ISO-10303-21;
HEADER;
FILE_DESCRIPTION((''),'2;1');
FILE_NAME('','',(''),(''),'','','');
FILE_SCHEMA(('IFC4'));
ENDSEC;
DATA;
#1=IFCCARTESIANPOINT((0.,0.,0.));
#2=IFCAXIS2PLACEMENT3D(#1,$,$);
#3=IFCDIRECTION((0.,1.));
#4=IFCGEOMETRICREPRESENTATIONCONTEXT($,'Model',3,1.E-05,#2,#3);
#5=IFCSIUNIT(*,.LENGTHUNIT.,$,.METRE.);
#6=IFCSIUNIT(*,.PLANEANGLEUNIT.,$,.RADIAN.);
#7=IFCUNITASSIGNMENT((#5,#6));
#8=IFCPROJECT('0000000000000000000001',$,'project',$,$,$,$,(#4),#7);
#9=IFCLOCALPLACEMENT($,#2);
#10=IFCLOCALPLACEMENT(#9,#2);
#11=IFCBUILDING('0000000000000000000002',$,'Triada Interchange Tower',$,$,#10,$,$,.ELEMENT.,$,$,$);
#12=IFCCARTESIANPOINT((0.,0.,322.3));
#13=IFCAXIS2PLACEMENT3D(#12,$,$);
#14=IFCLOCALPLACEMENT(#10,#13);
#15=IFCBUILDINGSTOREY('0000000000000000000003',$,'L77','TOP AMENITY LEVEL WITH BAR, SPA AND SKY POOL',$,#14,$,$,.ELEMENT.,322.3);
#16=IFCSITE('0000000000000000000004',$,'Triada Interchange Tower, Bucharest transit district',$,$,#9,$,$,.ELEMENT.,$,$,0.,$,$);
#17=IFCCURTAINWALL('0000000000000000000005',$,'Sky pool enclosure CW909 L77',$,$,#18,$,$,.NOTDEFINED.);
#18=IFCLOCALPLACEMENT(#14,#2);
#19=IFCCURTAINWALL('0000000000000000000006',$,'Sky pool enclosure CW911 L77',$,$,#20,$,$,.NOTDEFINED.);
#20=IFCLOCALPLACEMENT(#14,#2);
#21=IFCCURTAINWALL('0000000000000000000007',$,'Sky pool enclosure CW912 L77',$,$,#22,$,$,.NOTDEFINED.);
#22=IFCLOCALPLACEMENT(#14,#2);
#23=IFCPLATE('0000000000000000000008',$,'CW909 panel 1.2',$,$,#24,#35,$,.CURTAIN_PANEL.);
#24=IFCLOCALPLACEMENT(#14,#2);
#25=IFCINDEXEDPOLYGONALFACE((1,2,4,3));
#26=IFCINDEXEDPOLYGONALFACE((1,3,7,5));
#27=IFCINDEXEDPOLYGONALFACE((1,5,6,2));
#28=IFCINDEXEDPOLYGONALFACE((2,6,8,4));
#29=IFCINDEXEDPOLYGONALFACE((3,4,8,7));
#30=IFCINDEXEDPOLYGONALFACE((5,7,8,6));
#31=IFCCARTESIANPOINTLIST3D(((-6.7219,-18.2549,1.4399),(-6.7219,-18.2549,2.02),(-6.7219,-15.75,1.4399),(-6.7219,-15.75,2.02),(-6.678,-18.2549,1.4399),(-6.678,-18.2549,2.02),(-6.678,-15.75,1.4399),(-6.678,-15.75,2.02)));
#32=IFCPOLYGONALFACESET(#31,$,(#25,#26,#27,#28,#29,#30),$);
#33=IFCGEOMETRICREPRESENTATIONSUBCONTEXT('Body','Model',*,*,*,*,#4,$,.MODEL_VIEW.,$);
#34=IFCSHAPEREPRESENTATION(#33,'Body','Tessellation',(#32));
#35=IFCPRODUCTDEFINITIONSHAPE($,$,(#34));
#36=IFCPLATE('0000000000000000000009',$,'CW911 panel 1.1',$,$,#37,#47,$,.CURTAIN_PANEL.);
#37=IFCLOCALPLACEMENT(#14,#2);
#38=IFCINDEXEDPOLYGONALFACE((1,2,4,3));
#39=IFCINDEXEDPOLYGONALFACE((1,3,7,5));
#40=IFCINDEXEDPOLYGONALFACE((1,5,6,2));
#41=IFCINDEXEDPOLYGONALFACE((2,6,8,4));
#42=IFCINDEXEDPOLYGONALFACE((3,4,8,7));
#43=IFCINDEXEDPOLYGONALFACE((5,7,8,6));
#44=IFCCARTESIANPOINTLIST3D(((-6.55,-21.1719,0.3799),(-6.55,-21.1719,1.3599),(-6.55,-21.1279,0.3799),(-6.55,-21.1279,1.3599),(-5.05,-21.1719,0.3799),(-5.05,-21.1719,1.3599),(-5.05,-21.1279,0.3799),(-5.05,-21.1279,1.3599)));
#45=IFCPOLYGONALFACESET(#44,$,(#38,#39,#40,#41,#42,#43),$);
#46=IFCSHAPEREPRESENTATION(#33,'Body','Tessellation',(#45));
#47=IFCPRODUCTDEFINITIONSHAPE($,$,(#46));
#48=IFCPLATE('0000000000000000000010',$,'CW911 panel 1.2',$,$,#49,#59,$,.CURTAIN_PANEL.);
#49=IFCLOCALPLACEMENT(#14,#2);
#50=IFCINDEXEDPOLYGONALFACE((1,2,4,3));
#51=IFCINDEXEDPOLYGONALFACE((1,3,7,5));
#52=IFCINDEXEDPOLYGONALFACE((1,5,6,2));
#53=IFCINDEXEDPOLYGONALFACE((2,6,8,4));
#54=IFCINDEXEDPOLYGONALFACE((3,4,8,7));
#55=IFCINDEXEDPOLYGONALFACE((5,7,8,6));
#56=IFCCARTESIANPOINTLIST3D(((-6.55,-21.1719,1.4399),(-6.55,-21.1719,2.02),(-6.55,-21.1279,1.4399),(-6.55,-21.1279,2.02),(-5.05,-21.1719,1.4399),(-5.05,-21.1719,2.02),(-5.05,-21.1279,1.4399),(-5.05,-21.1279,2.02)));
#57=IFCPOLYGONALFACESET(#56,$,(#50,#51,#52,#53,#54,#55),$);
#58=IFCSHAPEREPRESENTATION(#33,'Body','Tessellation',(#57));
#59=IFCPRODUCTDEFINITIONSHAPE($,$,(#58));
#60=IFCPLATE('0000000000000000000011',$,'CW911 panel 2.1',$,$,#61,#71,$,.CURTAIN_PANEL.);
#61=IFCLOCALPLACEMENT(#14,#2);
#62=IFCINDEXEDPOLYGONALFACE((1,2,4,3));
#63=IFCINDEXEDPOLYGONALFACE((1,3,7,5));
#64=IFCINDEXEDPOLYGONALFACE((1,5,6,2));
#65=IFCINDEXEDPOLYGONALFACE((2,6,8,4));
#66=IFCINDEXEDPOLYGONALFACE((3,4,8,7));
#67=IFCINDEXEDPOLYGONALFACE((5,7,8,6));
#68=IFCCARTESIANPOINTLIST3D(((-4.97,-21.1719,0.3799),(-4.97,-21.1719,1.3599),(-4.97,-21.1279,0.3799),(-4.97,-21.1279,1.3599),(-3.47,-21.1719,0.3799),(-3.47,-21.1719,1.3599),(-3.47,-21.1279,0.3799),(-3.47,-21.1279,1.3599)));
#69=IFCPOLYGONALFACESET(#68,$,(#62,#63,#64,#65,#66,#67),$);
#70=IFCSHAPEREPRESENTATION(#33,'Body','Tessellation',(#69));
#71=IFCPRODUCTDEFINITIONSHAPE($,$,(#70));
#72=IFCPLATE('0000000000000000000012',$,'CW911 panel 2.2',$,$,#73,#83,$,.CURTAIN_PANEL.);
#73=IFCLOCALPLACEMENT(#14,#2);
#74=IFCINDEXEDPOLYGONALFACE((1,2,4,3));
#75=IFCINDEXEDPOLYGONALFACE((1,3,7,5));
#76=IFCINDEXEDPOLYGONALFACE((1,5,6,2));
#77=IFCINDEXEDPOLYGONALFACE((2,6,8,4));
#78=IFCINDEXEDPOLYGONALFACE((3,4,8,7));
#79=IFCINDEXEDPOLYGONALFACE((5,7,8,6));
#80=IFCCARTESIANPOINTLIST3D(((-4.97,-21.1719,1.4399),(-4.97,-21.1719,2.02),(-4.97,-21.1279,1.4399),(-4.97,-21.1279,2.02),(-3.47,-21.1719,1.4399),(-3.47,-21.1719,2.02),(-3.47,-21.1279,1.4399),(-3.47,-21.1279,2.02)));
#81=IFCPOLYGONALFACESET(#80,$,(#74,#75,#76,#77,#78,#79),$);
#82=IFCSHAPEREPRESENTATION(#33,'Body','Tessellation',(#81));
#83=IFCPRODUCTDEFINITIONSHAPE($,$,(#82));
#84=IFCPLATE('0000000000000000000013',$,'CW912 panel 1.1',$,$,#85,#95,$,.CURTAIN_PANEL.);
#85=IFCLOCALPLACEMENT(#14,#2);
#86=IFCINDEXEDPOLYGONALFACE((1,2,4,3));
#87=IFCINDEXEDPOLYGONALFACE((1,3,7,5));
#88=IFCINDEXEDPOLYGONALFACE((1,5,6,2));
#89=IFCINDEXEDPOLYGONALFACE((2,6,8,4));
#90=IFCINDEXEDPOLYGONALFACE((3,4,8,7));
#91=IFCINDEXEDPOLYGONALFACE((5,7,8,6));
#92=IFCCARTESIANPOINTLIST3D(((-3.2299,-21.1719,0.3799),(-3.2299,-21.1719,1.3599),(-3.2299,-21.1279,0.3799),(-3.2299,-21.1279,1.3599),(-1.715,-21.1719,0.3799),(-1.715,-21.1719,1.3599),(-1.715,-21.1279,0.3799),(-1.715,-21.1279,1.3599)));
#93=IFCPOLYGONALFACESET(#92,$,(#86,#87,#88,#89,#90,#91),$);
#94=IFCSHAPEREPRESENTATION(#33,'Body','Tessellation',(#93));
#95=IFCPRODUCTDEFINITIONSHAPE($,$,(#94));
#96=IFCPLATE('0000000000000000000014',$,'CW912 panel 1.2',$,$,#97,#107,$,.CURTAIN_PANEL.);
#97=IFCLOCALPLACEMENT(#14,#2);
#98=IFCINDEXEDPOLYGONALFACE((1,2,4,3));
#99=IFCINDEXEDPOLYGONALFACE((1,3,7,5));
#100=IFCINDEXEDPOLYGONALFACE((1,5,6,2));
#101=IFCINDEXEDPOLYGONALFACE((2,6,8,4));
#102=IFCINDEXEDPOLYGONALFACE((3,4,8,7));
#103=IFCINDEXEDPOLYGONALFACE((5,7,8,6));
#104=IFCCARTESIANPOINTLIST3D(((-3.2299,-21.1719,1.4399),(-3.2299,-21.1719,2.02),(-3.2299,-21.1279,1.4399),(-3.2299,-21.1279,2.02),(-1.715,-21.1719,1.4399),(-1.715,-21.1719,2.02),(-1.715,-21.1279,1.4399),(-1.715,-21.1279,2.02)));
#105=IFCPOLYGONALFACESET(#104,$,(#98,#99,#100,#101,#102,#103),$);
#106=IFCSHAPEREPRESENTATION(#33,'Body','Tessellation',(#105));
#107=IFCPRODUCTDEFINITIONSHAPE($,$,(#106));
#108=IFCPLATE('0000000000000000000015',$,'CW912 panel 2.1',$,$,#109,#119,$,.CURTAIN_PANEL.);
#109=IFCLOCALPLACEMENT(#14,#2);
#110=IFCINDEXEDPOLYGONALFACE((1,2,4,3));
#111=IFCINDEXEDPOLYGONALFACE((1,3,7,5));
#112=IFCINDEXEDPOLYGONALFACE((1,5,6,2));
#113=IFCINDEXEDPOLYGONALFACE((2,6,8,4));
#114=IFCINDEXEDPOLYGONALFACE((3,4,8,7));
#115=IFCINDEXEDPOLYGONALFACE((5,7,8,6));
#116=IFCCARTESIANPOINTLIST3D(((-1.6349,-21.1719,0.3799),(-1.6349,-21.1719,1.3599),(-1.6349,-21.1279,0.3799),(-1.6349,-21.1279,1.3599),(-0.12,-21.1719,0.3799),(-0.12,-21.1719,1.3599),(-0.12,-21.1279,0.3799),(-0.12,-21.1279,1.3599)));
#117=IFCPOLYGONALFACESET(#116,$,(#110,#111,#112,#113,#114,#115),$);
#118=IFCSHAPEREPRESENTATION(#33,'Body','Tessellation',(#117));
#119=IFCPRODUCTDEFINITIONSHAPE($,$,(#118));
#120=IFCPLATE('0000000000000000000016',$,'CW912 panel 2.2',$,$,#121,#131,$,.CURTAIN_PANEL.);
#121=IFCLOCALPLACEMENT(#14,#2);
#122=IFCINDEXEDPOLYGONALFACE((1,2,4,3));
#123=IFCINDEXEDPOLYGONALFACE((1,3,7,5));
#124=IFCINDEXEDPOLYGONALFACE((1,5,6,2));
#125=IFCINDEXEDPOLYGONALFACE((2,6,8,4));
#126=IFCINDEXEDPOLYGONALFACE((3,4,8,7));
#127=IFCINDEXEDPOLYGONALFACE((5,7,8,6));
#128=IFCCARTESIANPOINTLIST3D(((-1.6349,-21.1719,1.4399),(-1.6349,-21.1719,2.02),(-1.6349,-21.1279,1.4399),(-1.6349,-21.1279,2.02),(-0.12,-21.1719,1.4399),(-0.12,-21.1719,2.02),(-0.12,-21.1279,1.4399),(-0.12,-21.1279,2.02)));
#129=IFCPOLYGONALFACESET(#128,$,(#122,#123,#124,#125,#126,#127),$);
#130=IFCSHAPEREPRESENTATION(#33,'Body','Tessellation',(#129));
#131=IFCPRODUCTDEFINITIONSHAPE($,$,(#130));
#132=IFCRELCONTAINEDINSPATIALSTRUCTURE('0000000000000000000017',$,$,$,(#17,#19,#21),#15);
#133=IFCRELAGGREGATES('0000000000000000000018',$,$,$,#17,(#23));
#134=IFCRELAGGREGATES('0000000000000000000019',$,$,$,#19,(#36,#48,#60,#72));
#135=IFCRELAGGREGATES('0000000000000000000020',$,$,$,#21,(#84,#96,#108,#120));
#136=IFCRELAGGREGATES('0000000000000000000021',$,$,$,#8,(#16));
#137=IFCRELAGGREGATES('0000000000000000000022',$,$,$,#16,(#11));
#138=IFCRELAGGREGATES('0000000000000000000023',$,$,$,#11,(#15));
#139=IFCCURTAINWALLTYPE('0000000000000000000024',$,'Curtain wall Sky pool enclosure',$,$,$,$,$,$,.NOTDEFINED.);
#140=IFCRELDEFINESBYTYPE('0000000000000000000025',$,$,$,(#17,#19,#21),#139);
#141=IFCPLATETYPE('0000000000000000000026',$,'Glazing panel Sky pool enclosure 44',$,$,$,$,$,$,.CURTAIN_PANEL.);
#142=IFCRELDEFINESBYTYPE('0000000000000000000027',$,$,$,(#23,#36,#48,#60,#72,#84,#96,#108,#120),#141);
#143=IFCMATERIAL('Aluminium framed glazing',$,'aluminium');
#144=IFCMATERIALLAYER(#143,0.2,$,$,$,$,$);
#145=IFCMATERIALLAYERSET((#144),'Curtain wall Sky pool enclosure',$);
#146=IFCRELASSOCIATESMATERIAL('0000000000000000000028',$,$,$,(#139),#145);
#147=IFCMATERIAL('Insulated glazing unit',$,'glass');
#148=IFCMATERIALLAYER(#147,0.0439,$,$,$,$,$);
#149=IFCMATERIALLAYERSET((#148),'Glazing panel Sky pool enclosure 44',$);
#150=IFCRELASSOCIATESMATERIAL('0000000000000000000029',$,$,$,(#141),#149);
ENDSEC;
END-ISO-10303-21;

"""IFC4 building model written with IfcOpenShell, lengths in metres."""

from ifc_helpers import new_model, si_unit, direction, frame, origin, origin_2d, place, context, subcontext, project, spatial, rectangle, extrude, material, layer, layer_set, type_object, element, aggregate, save


model = new_model("IFC4")

# Units and contexts
model_context = context("Model", 3, precision=1e-05, world=origin(), true_north=direction((0.0, 1.0)))
body_context = subcontext(model_context, "Body", "Model", "MODEL_VIEW")
ifc_project = project(units=[si_unit("LENGTHUNIT", "METRE"), si_unit("PLANEANGLEUNIT", "RADIAN")], contexts=[model_context])

# Site, building, storey
site_placement = place(None, origin())
site = spatial("IfcSite", under=ifc_project, at=site_placement, Name="Triada Interchange Tower, Bucharest transit district", CompositionType="ELEMENT", RefElevation=0.0)
building_placement = place(site_placement, origin())
building = spatial("IfcBuilding", under=site, at=building_placement, Name="Triada Interchange Tower", CompositionType="ELEMENT")
storey_placement = place(building_placement, frame((0.0, 0.0, 322.3)))
storey = spatial("IfcBuildingStorey", under=building, at=storey_placement, Name="L77", Description="TOP AMENITY LEVEL WITH BAR, SPA AND SKY POOL", CompositionType="ELEMENT", Elevation=322.3)

# Shared definitions
ifc_material_1 = material(Name="Aluminium framed glazing", Category="aluminium")
ifc_layer_1 = layer(ifc_material_1, 0.2)
ifc_layer_set_1 = layer_set([ifc_layer_1], Name="Curtain wall Sky pool enclosure")
curtain_wall_type = type_object("IfcCurtainWallType", Name="Curtain wall Sky pool enclosure", PredefinedType="NOTDEFINED", material=ifc_layer_set_1)

# Curtain wall
curtain_wall_1_placement = place(storey_placement, origin())
curtain_wall_1 = element("IfcCurtainWall", 1, at=curtain_wall_1_placement, inside=storey, type_object=curtain_wall_type, Name="Sky pool enclosure CW909 L77", PredefinedType="NOTDEFINED")

# Curtain walls
curtain_wall_2_placement = place(storey_placement, origin())
curtain_wall_2 = element("IfcCurtainWall", 2, at=curtain_wall_2_placement, inside=storey, type_object=curtain_wall_type, Name="Sky pool enclosure CW911 L77", PredefinedType="NOTDEFINED")
curtain_wall_3_placement = place(storey_placement, origin())
curtain_wall_3 = element("IfcCurtainWall", 3, at=curtain_wall_3_placement, inside=storey, type_object=curtain_wall_type, Name="Sky pool enclosure CW912 L77", PredefinedType="NOTDEFINED")

# Plates
ifc_material_2 = material(Name="Insulated glazing unit", Category="glass")
ifc_layer_2 = layer(ifc_material_2, 0.0439)
ifc_layer_set_2 = layer_set([ifc_layer_2], Name="Glazing panel Sky pool enclosure 44")
plate_type = type_object("IfcPlateType", Name="Glazing panel Sky pool enclosure 44", PredefinedType="CURTAIN_PANEL", material=ifc_layer_set_2)
plate_1_placement = place(storey_placement, frame((-6.7, -17.0024, 1.4399), z_axis=(0.0, 0.0, 1.0), x_axis=(0.0, -1.0, 0.0)))
plate_1 = element("IfcPlate", 4, at=plate_1_placement, type_object=plate_type, Name="CW909 panel 1.2", PredefinedType="CURTAIN_PANEL", context=body_context, shape_type="SweptSolid", body=[
    extrude(rectangle(XDim=2.5049, YDim=0.0439, at=origin_2d()), origin(), (0.0, 0.0, 1.0), 0.5801),
])
aggregate(curtain_wall_1, [plate_1])
plate_2_placement = place(storey_placement, frame((-5.8, -21.1499, 0.3799), z_axis=(0.0, 0.0, 1.0), x_axis=(1.0, 0.0, 0.0)))
plate_2 = element("IfcPlate", 5, at=plate_2_placement, type_object=plate_type, Name="CW911 panel 1.1", PredefinedType="CURTAIN_PANEL", context=body_context, shape_type="SweptSolid", body=[
    extrude(rectangle(XDim=1.5, YDim=0.0439, at=origin_2d()), origin(), (0.0, 0.0, 1.0), 0.98),
])
plate_3_placement = place(storey_placement, frame((-5.8, -21.1499, 1.4399), z_axis=(0.0, 0.0, 1.0), x_axis=(1.0, 0.0, 0.0)))
plate_3 = element("IfcPlate", 6, at=plate_3_placement, type_object=plate_type, Name="CW911 panel 1.2", PredefinedType="CURTAIN_PANEL", context=body_context, shape_type="SweptSolid", body=[
    extrude(rectangle(XDim=1.5, YDim=0.0439, at=origin_2d()), origin(), (0.0, 0.0, 1.0), 0.5801),
])
plate_4_placement = place(storey_placement, frame((-4.22, -21.1499, 0.3799), z_axis=(0.0, 0.0, 1.0), x_axis=(1.0, 0.0, 0.0)))
plate_4 = element("IfcPlate", 7, at=plate_4_placement, type_object=plate_type, Name="CW911 panel 2.1", PredefinedType="CURTAIN_PANEL", context=body_context, shape_type="SweptSolid", body=[
    extrude(rectangle(XDim=1.5, YDim=0.0439, at=origin_2d()), origin(), (0.0, 0.0, 1.0), 0.98),
])
plate_5_placement = place(storey_placement, frame((-4.22, -21.1499, 1.4399), z_axis=(0.0, 0.0, 1.0), x_axis=(1.0, 0.0, 0.0)))
plate_5 = element("IfcPlate", 8, at=plate_5_placement, type_object=plate_type, Name="CW911 panel 2.2", PredefinedType="CURTAIN_PANEL", context=body_context, shape_type="SweptSolid", body=[
    extrude(rectangle(XDim=1.5, YDim=0.0439, at=origin_2d()), origin(), (0.0, 0.0, 1.0), 0.5801),
])
aggregate(curtain_wall_2, [plate_2, plate_3, plate_4, plate_5])
plate_6_placement = place(storey_placement, frame((-2.4724, -21.1499, 0.3799), z_axis=(0.0, 0.0, 1.0), x_axis=(1.0, 0.0, 0.0)))
plate_6 = element("IfcPlate", 9, at=plate_6_placement, type_object=plate_type, Name="CW912 panel 1.1", PredefinedType="CURTAIN_PANEL", context=body_context, shape_type="SweptSolid", body=[
    extrude(rectangle(XDim=1.5149, YDim=0.0439, at=origin_2d()), origin(), (0.0, 0.0, 1.0), 0.98),
])
plate_7_placement = place(storey_placement, frame((-2.4724, -21.1499, 1.4399), z_axis=(0.0, 0.0, 1.0), x_axis=(1.0, 0.0, 0.0)))
plate_7 = element("IfcPlate", 10, at=plate_7_placement, type_object=plate_type, Name="CW912 panel 1.2", PredefinedType="CURTAIN_PANEL", context=body_context, shape_type="SweptSolid", body=[
    extrude(rectangle(XDim=1.5149, YDim=0.0439, at=origin_2d()), origin(), (0.0, 0.0, 1.0), 0.5801),
])
plate_8_placement = place(storey_placement, frame((-0.8774, -21.1499, 0.3799), z_axis=(0.0, 0.0, 1.0), x_axis=(1.0, 0.0, 0.0)))
plate_8 = element("IfcPlate", 11, at=plate_8_placement, type_object=plate_type, Name="CW912 panel 2.1", PredefinedType="CURTAIN_PANEL", context=body_context, shape_type="SweptSolid", body=[
    extrude(rectangle(XDim=1.5149, YDim=0.0439, at=origin_2d()), origin(), (0.0, 0.0, 1.0), 0.98),
])
plate_9_placement = place(storey_placement, frame((-0.8774, -21.1499, 1.4399), z_axis=(0.0, 0.0, 1.0), x_axis=(1.0, 0.0, 0.0)))
plate_9 = element("IfcPlate", 12, at=plate_9_placement, type_object=plate_type, Name="CW912 panel 2.2", PredefinedType="CURTAIN_PANEL", context=body_context, shape_type="SweptSolid", body=[
    extrude(rectangle(XDim=1.5149, YDim=0.0439, at=origin_2d()), origin(), (0.0, 0.0, 1.0), 0.5801),
])
aggregate(curtain_wall_3, [plate_6, plate_7, plate_8, plate_9])

save(model, "model.ifc")
